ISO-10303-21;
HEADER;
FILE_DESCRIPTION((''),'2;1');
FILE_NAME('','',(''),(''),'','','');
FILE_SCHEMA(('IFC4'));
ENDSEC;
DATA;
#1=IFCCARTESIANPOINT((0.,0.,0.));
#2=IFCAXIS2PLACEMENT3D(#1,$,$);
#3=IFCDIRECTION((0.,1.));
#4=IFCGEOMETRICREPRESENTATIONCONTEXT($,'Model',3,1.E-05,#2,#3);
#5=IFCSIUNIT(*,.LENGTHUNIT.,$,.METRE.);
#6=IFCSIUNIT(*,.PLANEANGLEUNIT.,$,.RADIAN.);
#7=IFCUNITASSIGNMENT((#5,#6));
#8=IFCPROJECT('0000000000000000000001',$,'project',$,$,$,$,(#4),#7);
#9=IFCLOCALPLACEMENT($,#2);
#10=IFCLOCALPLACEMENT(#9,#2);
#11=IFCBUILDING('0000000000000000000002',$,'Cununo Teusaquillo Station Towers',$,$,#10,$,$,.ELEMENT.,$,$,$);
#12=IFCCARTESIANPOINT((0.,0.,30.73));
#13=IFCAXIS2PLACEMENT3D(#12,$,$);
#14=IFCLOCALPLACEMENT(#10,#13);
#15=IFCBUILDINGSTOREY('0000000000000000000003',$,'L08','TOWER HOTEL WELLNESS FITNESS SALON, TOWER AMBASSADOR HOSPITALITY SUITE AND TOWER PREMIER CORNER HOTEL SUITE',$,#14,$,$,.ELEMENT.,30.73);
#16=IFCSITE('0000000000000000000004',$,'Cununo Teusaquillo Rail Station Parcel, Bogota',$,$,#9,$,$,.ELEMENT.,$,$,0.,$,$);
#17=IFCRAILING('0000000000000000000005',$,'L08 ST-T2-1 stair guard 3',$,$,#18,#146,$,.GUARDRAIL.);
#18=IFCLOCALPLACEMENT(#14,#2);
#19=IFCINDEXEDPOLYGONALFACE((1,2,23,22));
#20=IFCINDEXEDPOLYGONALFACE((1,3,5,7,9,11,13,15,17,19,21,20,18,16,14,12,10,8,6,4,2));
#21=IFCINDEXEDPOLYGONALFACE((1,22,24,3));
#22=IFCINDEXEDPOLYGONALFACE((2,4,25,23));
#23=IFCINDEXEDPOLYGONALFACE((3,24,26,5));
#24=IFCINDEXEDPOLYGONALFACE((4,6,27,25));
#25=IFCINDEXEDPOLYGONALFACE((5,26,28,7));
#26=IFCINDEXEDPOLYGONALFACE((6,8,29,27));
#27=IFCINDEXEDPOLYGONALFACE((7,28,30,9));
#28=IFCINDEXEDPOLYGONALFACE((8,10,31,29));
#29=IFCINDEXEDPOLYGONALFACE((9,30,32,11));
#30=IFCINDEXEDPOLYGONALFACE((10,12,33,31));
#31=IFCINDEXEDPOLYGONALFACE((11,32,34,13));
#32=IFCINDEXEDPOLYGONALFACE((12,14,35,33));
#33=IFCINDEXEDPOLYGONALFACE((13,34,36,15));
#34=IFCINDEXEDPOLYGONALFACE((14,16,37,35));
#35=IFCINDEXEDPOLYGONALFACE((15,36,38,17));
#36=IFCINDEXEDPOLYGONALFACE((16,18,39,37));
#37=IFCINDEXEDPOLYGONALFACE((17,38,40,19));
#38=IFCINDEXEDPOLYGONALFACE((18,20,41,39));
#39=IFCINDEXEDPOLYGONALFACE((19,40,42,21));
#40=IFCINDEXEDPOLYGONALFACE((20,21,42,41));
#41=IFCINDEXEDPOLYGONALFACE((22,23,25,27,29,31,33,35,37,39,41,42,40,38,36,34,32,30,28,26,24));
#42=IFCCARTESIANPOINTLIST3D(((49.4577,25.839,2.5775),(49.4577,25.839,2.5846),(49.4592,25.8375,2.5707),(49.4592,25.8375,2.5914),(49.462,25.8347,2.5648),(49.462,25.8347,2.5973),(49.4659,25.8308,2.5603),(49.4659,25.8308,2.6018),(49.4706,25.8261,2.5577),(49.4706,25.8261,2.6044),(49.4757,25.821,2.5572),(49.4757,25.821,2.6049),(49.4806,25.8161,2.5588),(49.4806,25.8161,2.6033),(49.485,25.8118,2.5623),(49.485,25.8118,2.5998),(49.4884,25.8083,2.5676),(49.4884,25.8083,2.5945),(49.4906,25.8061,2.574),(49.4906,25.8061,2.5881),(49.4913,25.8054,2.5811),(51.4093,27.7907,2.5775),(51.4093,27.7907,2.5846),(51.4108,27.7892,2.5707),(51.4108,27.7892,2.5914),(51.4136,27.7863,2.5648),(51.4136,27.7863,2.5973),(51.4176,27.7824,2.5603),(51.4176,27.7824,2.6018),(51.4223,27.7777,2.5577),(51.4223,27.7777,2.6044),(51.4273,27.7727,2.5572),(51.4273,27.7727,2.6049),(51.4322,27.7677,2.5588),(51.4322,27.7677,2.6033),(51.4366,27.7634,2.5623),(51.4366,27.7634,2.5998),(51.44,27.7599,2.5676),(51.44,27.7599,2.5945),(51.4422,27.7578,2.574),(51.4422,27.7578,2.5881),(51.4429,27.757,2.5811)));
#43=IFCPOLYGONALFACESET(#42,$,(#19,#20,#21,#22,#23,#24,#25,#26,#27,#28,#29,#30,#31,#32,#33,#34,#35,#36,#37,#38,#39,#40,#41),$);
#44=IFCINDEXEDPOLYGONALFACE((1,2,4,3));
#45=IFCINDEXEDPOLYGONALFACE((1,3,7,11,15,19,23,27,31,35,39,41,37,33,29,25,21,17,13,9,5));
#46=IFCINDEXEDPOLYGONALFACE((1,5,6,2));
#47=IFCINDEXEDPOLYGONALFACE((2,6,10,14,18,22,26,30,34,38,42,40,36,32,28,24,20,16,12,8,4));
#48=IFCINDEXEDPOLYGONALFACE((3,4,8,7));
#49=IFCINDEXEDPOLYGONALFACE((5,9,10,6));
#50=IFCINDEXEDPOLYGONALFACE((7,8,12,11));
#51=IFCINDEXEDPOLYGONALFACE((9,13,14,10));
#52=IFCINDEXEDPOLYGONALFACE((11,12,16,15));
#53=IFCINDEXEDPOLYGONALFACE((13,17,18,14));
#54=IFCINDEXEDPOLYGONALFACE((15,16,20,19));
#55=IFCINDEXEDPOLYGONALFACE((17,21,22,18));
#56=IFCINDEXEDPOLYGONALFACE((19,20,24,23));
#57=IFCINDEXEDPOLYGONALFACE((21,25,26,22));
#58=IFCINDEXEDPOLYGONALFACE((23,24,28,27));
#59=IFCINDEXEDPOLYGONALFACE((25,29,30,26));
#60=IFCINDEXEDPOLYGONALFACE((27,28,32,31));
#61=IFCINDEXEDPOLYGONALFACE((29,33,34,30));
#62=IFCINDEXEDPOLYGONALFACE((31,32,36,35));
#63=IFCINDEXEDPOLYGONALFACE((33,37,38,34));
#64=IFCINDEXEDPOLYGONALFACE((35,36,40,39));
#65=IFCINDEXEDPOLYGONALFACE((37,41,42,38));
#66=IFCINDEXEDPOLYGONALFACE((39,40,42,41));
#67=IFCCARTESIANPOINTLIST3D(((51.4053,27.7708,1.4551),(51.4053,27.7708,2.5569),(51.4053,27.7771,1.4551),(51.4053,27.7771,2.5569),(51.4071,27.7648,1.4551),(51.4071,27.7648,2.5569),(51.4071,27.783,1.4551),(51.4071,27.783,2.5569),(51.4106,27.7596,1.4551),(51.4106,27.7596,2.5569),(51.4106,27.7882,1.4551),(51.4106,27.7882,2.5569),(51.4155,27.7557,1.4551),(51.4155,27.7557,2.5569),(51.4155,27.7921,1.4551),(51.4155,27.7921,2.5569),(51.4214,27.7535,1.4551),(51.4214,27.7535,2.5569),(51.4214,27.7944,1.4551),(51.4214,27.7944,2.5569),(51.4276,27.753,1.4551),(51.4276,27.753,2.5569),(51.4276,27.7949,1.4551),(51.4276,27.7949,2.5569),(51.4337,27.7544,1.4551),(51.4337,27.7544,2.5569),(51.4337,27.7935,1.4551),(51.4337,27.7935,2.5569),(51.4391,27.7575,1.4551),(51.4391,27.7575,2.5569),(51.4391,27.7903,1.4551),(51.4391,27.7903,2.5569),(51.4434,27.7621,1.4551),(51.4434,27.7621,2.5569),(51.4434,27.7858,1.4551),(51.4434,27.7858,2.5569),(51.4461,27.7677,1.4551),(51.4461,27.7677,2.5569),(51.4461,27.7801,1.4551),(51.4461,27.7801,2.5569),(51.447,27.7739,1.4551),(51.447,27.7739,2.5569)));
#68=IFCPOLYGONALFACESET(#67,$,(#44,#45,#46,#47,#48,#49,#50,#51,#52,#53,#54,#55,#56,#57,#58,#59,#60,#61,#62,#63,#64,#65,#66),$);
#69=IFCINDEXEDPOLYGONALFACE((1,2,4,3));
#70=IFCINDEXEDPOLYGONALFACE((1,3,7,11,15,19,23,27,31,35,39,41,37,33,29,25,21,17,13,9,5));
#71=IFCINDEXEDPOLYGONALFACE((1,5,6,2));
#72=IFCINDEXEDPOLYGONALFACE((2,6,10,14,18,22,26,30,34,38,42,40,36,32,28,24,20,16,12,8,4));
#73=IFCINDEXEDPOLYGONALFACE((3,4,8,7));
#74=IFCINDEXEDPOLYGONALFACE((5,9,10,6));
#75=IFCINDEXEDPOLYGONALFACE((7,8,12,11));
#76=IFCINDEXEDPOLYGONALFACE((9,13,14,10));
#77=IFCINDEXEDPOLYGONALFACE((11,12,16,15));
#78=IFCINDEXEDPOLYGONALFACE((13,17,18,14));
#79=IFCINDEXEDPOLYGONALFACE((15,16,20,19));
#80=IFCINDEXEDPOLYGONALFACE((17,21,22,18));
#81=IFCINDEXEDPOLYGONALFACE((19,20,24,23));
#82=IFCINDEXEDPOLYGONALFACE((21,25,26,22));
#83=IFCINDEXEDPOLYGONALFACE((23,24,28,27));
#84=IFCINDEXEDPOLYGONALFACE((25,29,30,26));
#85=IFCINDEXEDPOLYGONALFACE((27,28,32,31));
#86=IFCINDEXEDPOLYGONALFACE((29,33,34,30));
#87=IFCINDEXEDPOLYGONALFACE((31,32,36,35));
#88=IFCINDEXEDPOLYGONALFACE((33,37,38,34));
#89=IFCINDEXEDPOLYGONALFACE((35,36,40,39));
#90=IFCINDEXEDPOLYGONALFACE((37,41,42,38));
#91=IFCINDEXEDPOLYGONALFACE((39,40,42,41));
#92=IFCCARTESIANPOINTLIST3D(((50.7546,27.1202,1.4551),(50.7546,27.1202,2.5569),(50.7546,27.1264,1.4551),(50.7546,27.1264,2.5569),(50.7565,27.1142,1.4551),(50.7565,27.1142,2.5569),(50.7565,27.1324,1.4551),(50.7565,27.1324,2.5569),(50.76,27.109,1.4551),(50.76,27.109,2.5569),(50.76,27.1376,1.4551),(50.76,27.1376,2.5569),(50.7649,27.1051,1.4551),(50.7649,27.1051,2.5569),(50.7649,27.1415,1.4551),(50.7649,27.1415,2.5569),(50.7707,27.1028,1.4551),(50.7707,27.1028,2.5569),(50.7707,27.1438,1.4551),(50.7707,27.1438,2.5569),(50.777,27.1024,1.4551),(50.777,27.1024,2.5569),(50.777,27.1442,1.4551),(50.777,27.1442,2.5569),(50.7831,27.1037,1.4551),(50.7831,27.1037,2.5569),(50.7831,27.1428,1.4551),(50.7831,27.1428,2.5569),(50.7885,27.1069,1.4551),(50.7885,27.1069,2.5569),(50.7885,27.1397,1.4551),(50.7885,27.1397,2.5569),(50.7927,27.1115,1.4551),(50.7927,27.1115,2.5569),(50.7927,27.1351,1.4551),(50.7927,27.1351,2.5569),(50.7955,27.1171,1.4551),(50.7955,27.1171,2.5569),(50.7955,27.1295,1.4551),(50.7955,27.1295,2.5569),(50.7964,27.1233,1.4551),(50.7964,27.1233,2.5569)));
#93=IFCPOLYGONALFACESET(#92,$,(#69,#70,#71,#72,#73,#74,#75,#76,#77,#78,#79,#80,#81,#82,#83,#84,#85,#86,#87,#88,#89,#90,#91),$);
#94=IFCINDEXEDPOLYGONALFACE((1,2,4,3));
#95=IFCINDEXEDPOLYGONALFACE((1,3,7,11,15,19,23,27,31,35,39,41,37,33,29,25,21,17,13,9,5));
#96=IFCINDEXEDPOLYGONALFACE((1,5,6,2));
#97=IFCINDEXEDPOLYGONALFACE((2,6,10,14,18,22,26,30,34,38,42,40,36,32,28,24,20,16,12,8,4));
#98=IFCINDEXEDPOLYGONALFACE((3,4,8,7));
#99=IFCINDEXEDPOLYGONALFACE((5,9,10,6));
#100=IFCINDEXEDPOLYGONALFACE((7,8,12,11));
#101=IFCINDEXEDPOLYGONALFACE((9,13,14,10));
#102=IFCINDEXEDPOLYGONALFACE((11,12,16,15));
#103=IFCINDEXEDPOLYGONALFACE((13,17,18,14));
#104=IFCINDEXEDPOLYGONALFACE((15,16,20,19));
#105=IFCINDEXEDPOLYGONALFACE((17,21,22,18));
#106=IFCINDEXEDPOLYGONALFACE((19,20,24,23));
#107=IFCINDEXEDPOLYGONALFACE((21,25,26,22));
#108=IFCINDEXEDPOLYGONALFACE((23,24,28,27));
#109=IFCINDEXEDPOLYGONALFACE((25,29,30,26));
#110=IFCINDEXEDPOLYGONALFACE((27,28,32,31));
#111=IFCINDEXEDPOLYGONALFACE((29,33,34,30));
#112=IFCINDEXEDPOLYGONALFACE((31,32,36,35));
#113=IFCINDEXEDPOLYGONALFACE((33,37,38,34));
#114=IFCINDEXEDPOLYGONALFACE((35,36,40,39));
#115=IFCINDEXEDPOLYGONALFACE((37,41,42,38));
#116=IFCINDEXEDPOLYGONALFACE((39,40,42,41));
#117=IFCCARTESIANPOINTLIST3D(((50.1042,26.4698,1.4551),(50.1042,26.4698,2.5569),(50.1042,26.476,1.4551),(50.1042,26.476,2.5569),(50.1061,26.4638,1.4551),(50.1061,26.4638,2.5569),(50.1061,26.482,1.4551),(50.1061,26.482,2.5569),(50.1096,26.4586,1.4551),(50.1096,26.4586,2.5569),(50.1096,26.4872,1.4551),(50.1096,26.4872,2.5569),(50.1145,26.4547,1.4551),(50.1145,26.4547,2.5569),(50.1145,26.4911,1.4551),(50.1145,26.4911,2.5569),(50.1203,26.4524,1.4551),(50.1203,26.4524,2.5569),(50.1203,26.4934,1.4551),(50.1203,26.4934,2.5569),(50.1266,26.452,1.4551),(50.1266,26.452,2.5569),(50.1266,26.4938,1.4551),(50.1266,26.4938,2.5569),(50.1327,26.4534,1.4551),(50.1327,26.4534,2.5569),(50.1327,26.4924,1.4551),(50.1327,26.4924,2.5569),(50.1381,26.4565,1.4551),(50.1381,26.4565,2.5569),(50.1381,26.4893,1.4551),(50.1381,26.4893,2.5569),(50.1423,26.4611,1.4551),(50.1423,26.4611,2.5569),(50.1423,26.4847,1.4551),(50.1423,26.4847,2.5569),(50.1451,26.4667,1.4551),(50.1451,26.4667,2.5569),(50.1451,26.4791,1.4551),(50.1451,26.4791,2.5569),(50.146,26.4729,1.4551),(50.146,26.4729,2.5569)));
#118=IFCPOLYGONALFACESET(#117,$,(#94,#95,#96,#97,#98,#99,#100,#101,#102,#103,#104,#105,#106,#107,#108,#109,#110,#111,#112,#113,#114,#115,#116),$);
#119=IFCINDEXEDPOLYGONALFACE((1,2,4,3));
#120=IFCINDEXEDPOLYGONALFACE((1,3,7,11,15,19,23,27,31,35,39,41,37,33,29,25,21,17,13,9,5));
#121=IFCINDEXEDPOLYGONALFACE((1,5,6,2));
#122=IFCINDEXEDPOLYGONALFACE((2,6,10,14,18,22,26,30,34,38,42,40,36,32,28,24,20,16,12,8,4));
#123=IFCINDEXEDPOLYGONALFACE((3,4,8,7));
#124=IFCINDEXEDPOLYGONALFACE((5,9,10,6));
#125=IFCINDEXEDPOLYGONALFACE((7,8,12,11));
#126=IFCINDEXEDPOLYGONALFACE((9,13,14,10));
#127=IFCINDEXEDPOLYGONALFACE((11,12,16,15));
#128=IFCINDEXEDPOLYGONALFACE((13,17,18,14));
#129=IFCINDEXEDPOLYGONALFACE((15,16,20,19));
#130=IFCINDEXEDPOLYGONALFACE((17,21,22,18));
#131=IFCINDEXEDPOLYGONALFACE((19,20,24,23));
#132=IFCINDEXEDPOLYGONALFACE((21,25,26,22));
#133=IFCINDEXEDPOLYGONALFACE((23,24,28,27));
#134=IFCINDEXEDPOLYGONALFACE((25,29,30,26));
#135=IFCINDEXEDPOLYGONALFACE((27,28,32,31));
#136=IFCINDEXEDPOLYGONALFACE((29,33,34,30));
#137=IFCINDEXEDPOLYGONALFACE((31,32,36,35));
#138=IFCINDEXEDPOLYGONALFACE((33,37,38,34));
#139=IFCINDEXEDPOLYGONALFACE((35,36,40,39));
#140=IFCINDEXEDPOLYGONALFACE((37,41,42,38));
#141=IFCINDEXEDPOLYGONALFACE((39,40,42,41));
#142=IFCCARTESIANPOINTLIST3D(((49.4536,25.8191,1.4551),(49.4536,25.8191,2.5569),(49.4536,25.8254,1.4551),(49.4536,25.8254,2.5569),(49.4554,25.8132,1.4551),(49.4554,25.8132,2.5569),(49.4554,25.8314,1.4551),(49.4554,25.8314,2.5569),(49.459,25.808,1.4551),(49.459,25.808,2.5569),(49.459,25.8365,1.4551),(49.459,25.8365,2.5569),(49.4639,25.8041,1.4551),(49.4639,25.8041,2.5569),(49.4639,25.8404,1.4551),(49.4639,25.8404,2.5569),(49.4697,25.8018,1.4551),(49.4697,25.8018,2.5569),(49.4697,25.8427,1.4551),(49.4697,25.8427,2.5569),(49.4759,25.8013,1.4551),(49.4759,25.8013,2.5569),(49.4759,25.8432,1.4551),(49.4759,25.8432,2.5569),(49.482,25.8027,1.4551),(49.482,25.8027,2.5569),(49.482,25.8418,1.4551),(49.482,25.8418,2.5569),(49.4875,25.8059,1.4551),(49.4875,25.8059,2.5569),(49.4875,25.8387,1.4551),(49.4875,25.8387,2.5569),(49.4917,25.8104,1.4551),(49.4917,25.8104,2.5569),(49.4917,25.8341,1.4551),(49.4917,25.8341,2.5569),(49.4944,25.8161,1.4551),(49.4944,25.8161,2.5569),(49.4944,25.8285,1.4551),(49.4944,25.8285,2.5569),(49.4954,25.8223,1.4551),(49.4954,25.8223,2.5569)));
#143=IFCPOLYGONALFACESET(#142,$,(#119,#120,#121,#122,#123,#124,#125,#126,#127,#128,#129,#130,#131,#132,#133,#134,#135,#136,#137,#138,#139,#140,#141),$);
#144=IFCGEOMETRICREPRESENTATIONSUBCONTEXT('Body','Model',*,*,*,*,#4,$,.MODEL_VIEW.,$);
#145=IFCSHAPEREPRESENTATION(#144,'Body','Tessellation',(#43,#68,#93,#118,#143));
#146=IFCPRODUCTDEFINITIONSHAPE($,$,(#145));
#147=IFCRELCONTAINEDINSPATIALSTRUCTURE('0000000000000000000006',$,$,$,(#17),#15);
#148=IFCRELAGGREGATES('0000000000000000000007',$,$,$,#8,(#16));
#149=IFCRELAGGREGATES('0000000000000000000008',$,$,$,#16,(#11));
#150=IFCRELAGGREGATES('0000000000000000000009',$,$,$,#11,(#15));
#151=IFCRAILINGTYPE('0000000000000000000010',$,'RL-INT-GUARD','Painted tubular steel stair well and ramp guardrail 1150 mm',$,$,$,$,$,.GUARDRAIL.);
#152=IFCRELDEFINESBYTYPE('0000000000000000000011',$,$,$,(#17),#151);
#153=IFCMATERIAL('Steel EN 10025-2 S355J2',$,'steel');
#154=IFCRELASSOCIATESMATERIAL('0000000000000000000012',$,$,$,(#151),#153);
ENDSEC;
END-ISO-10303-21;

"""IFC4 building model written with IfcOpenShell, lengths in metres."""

from ifc_helpers import new_model, si_unit, direction, frame, origin, origin_2d, place, context, subcontext, project, spatial, circle, extrude, material, type_object, element, save


model = new_model("IFC4")

# Units and contexts
model_context = context("Model", 3, precision=1e-05, world=origin(), true_north=direction((0.0, 1.0)))
body_context = subcontext(model_context, "Body", "Model", "MODEL_VIEW")
ifc_project = project(units=[si_unit("LENGTHUNIT", "METRE"), si_unit("PLANEANGLEUNIT", "RADIAN")], contexts=[model_context])

# Site, building, storey
site_placement = place(None, origin())
site = spatial("IfcSite", under=ifc_project, at=site_placement, Name="Cununo Teusaquillo Rail Station Parcel, Bogota", CompositionType="ELEMENT", RefElevation=0.0)
building_placement = place(site_placement, origin())
building = spatial("IfcBuilding", under=site, at=building_placement, Name="Cununo Teusaquillo Station Towers", CompositionType="ELEMENT")
storey_placement = place(building_placement, frame((0.0, 0.0, 30.73)))
storey = spatial("IfcBuildingStorey", under=building, at=storey_placement, Name="L08", Description="TOWER HOTEL WELLNESS FITNESS SALON, TOWER AMBASSADOR HOSPITALITY SUITE AND TOWER PREMIER CORNER HOTEL SUITE", CompositionType="ELEMENT", Elevation=30.73)

# Railing
ifc_material_1 = material(Name="Steel EN 10025-2 S355J2", Category="steel")
railing_type = type_object("IfcRailingType", Name="RL-INT-GUARD", Description="Painted tubular steel stair well and ramp guardrail 1150 mm", PredefinedType="GUARDRAIL", material=ifc_material_1)
railing_1_placement = place(storey_placement, frame((51.426, 27.7739, 1.4551)))
element("IfcRailing", 1, at=railing_1_placement, inside=storey, type_object=railing_type, Name="L08 ST-T2-1 stair guard 3", PredefinedType="GUARDRAIL", context=body_context, shape_type="SweptSolid", body=[
    extrude(circle(Radius=0.0239, at=origin_2d()), frame((0.0, 0.0, 1.126), z_axis=(-0.707107, -0.707107, 0.0), x_axis=(0.707107, -0.707107, 0.0)), (0.0, 0.0, 1.0), 2.76),
    extrude(circle(Radius=0.021, at=origin_2d()), origin(), (0.0, 0.0, 1.0), 1.1018),
    extrude(circle(Radius=0.021, at=origin_2d()), frame((-0.6506, -0.6506, 0.0)), (0.0, 0.0, 1.0), 1.1018),
    extrude(circle(Radius=0.021, at=origin_2d()), frame((-1.301, -1.301, 0.0)), (0.0, 0.0, 1.0), 1.1018),
    extrude(circle(Radius=0.021, at=origin_2d()), frame((-1.9517, -1.9517, 0.0)), (0.0, 0.0, 1.0), 1.1018),
])

save(model, "model.ifc")
